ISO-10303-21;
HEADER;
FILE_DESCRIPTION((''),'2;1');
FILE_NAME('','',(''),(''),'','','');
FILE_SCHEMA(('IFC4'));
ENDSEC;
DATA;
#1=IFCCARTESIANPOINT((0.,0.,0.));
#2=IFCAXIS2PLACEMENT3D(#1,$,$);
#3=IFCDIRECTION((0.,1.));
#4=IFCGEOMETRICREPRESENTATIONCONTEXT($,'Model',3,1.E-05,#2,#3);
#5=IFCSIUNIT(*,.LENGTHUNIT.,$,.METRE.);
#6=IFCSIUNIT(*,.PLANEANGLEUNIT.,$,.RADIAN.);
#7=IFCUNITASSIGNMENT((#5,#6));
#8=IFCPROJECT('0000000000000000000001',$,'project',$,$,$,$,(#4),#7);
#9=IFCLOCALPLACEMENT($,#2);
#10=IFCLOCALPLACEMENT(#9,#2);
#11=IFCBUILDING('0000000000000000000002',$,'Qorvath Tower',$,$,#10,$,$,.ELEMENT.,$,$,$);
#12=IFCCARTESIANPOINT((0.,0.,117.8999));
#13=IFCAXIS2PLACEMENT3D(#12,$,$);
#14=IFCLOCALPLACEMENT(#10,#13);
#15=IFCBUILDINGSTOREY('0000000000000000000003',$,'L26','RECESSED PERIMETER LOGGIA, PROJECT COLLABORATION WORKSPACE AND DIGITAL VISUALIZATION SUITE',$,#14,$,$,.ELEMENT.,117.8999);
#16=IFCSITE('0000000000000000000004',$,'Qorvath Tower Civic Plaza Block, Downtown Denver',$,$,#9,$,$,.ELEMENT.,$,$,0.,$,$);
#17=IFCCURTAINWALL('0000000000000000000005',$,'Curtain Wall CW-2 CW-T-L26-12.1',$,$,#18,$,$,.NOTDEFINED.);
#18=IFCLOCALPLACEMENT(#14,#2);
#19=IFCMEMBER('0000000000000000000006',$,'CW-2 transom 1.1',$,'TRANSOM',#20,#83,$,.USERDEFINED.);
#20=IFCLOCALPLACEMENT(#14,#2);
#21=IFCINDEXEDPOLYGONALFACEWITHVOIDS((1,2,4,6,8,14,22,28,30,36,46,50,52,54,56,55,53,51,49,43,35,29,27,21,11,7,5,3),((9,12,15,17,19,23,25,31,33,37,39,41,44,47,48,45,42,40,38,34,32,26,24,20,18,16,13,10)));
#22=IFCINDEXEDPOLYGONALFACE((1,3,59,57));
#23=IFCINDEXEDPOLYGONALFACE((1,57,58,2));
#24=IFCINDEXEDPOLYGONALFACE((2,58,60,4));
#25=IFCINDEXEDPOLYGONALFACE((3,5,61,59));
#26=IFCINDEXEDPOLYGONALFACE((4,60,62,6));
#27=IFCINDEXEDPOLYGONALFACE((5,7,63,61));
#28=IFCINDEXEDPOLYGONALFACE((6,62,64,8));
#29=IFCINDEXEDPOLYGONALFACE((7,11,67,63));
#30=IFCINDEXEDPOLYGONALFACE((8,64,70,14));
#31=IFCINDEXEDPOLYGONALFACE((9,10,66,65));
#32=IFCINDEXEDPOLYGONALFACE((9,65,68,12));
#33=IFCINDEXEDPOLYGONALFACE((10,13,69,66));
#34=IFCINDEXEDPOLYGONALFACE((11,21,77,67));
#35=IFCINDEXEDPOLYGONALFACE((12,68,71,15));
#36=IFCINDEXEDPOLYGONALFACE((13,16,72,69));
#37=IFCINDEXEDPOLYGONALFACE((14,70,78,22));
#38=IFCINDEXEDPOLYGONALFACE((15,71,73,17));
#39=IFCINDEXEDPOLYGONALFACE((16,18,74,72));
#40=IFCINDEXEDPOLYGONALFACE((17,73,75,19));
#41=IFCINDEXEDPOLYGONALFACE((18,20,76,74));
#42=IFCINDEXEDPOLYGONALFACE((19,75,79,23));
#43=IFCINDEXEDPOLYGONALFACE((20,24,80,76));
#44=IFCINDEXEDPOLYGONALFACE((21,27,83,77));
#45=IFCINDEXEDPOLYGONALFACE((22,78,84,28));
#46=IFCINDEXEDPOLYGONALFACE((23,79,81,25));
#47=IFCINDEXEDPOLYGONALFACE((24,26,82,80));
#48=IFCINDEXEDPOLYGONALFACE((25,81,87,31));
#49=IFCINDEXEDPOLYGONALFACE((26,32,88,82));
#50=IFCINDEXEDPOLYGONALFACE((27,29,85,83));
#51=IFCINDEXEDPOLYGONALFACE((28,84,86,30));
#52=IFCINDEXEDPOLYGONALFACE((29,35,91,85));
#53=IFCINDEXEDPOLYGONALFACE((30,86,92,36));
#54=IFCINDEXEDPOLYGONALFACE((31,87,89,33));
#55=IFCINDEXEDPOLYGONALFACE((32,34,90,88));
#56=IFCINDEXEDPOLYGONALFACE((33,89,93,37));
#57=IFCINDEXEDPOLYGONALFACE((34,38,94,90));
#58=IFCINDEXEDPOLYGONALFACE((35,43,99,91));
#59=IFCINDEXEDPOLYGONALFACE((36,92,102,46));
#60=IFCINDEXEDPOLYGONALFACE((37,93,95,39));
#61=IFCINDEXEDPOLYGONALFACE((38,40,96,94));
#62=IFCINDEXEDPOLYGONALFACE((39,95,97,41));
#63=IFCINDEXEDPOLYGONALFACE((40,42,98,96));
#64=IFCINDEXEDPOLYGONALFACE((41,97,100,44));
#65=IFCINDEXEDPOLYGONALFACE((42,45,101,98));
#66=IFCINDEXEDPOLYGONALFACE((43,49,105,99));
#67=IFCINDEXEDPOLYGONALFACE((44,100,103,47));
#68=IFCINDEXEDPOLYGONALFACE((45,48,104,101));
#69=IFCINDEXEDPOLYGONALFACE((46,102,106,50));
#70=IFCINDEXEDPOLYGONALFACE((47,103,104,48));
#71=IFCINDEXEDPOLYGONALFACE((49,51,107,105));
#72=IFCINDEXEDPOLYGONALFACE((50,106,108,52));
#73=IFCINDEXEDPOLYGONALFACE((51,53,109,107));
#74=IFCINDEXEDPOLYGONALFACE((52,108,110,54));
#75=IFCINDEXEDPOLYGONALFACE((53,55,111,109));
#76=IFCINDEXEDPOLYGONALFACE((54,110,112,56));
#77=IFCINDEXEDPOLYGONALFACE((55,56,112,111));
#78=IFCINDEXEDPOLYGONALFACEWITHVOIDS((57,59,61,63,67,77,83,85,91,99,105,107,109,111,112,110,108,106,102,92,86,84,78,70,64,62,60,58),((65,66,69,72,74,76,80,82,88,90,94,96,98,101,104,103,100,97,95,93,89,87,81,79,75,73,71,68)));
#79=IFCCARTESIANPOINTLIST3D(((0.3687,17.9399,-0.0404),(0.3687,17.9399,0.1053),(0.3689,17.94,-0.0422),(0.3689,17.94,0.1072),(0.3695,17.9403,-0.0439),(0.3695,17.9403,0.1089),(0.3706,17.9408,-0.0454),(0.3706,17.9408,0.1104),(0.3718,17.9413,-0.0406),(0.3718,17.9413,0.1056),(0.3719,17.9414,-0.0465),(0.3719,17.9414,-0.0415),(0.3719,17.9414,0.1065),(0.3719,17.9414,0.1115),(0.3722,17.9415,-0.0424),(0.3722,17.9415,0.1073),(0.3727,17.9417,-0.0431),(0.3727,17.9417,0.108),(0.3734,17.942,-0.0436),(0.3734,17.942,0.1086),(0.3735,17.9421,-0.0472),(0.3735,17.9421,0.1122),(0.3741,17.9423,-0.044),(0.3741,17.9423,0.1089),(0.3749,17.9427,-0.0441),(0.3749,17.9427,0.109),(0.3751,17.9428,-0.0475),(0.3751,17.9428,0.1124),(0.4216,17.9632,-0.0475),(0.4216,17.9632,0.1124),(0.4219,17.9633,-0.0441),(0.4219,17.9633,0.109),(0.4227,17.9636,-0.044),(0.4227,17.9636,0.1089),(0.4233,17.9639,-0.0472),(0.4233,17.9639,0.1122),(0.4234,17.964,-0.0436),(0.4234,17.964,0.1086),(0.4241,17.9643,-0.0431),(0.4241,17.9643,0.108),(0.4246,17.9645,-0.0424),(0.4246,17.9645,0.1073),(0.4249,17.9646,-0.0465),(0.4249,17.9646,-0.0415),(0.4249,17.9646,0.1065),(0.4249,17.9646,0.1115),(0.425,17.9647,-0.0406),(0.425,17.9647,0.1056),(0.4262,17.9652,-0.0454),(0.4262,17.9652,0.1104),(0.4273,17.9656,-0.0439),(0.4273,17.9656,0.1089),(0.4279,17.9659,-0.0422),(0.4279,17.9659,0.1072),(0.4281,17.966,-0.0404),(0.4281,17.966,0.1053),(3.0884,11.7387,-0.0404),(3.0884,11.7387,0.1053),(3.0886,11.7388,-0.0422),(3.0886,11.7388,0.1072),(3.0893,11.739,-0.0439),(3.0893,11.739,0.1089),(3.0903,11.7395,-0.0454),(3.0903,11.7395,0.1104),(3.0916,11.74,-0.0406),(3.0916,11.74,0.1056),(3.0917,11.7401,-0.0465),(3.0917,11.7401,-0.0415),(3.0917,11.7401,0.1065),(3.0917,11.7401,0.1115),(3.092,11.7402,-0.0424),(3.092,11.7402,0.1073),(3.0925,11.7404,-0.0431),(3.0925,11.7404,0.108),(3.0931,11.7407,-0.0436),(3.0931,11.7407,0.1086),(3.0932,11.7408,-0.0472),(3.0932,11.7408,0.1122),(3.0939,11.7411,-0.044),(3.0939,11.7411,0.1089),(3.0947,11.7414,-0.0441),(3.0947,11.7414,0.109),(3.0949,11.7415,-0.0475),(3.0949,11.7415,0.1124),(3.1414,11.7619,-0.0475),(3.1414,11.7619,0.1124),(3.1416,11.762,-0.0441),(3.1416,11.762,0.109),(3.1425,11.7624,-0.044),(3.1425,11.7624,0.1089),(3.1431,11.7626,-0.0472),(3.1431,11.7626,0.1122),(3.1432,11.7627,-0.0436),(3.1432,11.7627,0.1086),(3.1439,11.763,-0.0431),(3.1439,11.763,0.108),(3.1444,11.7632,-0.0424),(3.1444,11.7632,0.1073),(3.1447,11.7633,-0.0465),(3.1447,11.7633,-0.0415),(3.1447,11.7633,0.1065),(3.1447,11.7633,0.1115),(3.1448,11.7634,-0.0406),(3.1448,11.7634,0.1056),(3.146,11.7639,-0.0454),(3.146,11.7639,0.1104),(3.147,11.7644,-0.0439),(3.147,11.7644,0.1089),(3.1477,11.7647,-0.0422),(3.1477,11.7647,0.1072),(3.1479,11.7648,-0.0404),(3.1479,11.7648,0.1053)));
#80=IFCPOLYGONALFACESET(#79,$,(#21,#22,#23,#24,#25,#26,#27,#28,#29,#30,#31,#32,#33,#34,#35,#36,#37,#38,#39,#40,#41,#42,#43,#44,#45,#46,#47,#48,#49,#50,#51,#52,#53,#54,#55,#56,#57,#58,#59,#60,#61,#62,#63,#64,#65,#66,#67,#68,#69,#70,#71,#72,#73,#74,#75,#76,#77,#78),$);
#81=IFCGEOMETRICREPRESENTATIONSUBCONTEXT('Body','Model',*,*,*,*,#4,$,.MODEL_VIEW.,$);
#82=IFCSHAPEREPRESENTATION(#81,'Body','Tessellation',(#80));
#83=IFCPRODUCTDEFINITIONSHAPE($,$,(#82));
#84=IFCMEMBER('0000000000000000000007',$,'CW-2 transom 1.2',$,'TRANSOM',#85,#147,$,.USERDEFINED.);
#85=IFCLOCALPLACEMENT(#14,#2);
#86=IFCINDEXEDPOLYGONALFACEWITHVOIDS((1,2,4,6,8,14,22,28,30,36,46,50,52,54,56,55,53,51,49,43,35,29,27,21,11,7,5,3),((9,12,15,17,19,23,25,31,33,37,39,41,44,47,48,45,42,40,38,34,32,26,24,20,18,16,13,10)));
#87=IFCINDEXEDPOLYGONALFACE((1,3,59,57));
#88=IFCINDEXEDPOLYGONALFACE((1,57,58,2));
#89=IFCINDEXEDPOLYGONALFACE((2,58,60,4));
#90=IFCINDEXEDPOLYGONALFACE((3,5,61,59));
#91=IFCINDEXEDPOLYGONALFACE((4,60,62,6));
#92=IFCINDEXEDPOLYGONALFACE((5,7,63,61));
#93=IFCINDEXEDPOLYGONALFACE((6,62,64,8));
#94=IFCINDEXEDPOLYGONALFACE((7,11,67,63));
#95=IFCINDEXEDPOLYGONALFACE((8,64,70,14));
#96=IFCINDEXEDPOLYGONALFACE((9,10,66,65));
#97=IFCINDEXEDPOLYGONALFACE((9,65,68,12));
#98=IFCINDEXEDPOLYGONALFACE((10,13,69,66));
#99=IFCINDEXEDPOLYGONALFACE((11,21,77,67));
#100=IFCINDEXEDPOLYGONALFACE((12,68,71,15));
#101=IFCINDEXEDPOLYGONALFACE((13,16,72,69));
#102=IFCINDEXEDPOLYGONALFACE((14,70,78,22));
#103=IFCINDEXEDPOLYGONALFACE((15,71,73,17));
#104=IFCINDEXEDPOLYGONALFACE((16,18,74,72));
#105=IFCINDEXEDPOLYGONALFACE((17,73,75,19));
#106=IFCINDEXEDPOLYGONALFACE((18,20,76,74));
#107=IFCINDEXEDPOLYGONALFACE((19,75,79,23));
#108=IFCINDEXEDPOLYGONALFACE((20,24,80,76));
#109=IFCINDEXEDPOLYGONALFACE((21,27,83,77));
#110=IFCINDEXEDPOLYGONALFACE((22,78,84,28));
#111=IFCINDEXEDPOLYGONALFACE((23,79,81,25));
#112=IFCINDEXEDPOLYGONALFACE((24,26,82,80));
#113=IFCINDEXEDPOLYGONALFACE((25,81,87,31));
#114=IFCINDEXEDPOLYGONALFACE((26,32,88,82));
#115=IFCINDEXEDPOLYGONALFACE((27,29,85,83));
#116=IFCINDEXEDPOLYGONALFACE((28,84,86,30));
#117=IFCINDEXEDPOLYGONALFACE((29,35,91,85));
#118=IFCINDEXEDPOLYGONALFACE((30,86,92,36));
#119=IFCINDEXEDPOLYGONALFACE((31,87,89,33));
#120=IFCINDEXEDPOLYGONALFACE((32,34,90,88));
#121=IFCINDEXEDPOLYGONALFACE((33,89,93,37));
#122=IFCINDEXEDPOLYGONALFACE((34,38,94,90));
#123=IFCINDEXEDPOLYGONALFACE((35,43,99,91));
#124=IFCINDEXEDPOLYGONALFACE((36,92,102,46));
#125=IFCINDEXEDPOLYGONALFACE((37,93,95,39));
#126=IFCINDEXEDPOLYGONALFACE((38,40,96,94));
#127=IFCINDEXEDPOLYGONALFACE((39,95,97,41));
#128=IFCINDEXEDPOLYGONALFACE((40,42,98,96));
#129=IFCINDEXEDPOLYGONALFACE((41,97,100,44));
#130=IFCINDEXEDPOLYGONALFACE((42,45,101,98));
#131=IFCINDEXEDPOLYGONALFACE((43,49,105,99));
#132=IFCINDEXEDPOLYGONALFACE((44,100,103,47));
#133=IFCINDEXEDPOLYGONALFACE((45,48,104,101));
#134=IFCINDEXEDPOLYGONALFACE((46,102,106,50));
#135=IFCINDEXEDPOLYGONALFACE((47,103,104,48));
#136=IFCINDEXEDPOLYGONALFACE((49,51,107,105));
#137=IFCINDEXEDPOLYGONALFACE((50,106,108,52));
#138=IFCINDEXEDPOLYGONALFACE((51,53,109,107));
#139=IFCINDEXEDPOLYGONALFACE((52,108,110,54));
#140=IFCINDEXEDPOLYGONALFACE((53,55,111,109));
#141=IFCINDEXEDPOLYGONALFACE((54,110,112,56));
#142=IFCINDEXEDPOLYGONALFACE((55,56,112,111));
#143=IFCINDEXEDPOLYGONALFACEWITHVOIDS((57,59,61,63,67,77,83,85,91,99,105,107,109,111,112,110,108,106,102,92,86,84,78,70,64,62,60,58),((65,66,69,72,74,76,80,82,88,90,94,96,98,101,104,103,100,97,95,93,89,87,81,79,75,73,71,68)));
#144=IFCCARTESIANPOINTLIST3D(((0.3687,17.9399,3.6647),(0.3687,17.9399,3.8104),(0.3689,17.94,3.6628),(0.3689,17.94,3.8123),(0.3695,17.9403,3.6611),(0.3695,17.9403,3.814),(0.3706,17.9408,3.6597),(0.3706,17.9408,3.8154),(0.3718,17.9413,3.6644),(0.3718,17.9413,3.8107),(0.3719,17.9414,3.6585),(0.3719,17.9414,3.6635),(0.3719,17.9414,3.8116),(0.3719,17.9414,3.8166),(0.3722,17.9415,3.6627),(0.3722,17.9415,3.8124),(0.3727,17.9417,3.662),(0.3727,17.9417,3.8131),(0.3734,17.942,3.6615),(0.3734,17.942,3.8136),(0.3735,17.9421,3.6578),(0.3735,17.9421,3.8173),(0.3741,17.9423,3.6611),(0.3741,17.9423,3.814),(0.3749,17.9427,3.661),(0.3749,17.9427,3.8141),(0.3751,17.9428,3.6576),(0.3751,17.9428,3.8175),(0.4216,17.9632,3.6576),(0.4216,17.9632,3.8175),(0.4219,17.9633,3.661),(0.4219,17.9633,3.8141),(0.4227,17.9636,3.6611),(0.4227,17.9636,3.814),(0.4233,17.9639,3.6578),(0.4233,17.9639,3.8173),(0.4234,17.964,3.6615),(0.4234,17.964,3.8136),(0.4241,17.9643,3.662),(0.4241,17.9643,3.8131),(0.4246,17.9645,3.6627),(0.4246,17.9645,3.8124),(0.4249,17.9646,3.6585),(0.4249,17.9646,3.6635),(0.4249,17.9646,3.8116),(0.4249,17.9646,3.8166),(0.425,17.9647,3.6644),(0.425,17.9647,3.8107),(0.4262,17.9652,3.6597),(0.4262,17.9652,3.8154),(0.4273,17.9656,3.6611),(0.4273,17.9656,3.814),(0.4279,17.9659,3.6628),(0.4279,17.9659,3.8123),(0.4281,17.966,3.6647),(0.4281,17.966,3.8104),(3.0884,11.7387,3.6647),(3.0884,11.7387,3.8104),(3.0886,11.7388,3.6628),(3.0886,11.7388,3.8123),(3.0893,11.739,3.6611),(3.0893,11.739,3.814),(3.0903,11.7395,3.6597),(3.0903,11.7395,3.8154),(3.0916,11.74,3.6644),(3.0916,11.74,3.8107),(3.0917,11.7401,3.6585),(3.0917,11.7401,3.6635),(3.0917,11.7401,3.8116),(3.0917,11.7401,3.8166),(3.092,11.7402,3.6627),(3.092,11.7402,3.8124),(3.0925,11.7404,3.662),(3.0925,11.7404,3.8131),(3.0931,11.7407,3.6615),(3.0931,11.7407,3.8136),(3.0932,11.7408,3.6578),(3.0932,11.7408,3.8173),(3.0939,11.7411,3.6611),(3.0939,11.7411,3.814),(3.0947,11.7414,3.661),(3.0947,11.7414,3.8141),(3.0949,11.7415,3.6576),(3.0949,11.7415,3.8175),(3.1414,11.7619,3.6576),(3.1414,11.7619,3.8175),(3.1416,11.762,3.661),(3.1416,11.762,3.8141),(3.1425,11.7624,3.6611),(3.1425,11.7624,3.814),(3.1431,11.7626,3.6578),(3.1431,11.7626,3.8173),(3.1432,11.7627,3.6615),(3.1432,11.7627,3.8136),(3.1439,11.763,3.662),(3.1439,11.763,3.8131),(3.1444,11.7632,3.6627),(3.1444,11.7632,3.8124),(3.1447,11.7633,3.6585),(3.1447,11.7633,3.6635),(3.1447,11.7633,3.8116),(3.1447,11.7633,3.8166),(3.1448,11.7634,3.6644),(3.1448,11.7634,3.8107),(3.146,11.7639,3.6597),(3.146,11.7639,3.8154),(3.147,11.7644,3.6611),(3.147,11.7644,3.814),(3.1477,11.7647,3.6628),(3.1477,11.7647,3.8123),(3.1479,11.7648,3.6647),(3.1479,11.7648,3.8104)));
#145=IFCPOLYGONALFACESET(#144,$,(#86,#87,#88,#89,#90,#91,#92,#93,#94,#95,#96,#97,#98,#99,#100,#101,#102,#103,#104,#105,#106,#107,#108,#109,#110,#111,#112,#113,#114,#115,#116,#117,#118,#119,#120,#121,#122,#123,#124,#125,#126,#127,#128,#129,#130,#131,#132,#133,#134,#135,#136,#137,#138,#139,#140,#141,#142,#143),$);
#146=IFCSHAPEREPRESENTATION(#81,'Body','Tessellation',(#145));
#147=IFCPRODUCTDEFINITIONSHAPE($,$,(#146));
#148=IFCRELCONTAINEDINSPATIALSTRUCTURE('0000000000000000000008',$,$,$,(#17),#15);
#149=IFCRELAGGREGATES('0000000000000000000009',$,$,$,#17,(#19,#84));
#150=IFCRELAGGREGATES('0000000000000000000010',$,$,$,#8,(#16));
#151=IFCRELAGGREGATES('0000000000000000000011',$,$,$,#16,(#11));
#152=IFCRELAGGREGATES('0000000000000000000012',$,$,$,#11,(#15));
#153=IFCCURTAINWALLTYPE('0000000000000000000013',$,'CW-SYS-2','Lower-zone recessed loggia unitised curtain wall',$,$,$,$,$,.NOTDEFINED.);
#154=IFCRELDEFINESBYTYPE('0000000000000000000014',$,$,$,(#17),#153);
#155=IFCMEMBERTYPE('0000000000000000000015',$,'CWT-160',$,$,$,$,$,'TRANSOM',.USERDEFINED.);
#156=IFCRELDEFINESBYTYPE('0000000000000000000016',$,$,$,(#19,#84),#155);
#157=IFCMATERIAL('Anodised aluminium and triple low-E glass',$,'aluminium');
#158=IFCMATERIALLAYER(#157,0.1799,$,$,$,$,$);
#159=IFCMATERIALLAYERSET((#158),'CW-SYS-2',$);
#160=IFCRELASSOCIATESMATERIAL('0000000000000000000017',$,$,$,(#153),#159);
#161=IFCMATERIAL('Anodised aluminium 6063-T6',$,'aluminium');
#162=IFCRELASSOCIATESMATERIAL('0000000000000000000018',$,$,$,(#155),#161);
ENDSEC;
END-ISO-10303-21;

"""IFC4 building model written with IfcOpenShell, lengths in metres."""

from ifc_helpers import new_model, si_unit, direction, frame, origin, origin_2d, place, context, subcontext, project, spatial, hollow_rectangle, extrude, material, layer, layer_set, material_profile, profile_set, type_object, element, aggregate, save


model = new_model("IFC4")

# Units and contexts
model_context = context("Model", 3, precision=1e-05, world=origin(), true_north=direction((0.0, 1.0)))
body_context = subcontext(model_context, "Body", "Model", "MODEL_VIEW")
ifc_project = project(units=[si_unit("LENGTHUNIT", "METRE"), si_unit("PLANEANGLEUNIT", "RADIAN")], contexts=[model_context])

# Site, building, storey
site_placement = place(None, origin())
site = spatial("IfcSite", under=ifc_project, at=site_placement, Name="Qorvath Tower Civic Plaza Block, Downtown Denver", CompositionType="ELEMENT", RefElevation=0.0)
building_placement = place(site_placement, origin())
building = spatial("IfcBuilding", under=site, at=building_placement, Name="Qorvath Tower", CompositionType="ELEMENT")
storey_placement = place(building_placement, frame((0.0, 0.0, 117.8999)))
storey = spatial("IfcBuildingStorey", under=building, at=storey_placement, Name="L26", Description="RECESSED PERIMETER LOGGIA, PROJECT COLLABORATION WORKSPACE AND DIGITAL VISUALIZATION SUITE", CompositionType="ELEMENT", Elevation=117.8999)

# Shared definitions
ifc_material_1 = material(Name="Anodised aluminium and triple low-E glass", Category="aluminium")
ifc_layer_1 = layer(ifc_material_1, 0.1799)
ifc_layer_set_1 = layer_set([ifc_layer_1], Name="CW-SYS-2")
curtain_wall_type = type_object("IfcCurtainWallType", Name="CW-SYS-2", Description="Lower-zone recessed loggia unitised curtain wall", PredefinedType="NOTDEFINED", material=ifc_layer_set_1)

# Curtain wall
curtain_wall_1_placement = place(storey_placement, origin())
curtain_wall_1 = element("IfcCurtainWall", 1, at=curtain_wall_1_placement, inside=storey, type_object=curtain_wall_type, Name="Curtain Wall CW-2 CW-T-L26-12.1", PredefinedType="NOTDEFINED")

# Members
ifc_material_2 = material(Name="Anodised aluminium 6063-T6", Category="aluminium")
ifc_material_profile_1 = material_profile(ifc_material_2, hollow_rectangle(XDim=0.0649, YDim=0.1599, WallThickness=0.0034, InnerFilletRadius=0.0034, OuterFilletRadius=0.0071, at=origin_2d()), Name="CWT 160x65")
ifc_profile_set_1 = profile_set([ifc_material_profile_1], Name="Anodised aluminium 6063-T6")
member_type_1 = type_object("IfcMemberType", Name="CWT-160", ElementType="TRANSOM", PredefinedType="USERDEFINED", material=ifc_profile_set_1)
member_1_placement = place(storey_placement, frame((3.1182, 11.7517, 0.0325), z_axis=(-0.401651, 0.915793, 0.0), x_axis=(-0.915793, -0.401651, 0.0)))
member_1 = element("IfcMember", 2, at=member_1_placement, type_object=member_type_1, Name="CW-2 transom 1.1", ObjectType="TRANSOM", PredefinedType="USERDEFINED", context=body_context, shape_type="SweptSolid", body=[
    extrude(hollow_rectangle(XDim=0.0649, YDim=0.1599, WallThickness=0.0034, InnerFilletRadius=0.0034, OuterFilletRadius=0.0071, at=origin_2d()), origin(), (0.0, 0.0, 1.0), 6.7715),
])
member_2_placement = place(storey_placement, frame((3.1182, 11.7517, 3.7375), z_axis=(-0.401651, 0.915793, 0.0), x_axis=(-0.915793, -0.401651, 0.0)))
member_2 = element("IfcMember", 3, at=member_2_placement, type_object=member_type_1, Name="CW-2 transom 1.2", ObjectType="TRANSOM", PredefinedType="USERDEFINED", context=body_context, shape_type="SweptSolid", body=[
    extrude(hollow_rectangle(XDim=0.0649, YDim=0.1599, WallThickness=0.0034, InnerFilletRadius=0.0034, OuterFilletRadius=0.0071, at=origin_2d()), origin(), (0.0, 0.0, 1.0), 6.7715),
])

aggregate(curtain_wall_1, [member_1, member_2])

save(model, "model.ifc")
